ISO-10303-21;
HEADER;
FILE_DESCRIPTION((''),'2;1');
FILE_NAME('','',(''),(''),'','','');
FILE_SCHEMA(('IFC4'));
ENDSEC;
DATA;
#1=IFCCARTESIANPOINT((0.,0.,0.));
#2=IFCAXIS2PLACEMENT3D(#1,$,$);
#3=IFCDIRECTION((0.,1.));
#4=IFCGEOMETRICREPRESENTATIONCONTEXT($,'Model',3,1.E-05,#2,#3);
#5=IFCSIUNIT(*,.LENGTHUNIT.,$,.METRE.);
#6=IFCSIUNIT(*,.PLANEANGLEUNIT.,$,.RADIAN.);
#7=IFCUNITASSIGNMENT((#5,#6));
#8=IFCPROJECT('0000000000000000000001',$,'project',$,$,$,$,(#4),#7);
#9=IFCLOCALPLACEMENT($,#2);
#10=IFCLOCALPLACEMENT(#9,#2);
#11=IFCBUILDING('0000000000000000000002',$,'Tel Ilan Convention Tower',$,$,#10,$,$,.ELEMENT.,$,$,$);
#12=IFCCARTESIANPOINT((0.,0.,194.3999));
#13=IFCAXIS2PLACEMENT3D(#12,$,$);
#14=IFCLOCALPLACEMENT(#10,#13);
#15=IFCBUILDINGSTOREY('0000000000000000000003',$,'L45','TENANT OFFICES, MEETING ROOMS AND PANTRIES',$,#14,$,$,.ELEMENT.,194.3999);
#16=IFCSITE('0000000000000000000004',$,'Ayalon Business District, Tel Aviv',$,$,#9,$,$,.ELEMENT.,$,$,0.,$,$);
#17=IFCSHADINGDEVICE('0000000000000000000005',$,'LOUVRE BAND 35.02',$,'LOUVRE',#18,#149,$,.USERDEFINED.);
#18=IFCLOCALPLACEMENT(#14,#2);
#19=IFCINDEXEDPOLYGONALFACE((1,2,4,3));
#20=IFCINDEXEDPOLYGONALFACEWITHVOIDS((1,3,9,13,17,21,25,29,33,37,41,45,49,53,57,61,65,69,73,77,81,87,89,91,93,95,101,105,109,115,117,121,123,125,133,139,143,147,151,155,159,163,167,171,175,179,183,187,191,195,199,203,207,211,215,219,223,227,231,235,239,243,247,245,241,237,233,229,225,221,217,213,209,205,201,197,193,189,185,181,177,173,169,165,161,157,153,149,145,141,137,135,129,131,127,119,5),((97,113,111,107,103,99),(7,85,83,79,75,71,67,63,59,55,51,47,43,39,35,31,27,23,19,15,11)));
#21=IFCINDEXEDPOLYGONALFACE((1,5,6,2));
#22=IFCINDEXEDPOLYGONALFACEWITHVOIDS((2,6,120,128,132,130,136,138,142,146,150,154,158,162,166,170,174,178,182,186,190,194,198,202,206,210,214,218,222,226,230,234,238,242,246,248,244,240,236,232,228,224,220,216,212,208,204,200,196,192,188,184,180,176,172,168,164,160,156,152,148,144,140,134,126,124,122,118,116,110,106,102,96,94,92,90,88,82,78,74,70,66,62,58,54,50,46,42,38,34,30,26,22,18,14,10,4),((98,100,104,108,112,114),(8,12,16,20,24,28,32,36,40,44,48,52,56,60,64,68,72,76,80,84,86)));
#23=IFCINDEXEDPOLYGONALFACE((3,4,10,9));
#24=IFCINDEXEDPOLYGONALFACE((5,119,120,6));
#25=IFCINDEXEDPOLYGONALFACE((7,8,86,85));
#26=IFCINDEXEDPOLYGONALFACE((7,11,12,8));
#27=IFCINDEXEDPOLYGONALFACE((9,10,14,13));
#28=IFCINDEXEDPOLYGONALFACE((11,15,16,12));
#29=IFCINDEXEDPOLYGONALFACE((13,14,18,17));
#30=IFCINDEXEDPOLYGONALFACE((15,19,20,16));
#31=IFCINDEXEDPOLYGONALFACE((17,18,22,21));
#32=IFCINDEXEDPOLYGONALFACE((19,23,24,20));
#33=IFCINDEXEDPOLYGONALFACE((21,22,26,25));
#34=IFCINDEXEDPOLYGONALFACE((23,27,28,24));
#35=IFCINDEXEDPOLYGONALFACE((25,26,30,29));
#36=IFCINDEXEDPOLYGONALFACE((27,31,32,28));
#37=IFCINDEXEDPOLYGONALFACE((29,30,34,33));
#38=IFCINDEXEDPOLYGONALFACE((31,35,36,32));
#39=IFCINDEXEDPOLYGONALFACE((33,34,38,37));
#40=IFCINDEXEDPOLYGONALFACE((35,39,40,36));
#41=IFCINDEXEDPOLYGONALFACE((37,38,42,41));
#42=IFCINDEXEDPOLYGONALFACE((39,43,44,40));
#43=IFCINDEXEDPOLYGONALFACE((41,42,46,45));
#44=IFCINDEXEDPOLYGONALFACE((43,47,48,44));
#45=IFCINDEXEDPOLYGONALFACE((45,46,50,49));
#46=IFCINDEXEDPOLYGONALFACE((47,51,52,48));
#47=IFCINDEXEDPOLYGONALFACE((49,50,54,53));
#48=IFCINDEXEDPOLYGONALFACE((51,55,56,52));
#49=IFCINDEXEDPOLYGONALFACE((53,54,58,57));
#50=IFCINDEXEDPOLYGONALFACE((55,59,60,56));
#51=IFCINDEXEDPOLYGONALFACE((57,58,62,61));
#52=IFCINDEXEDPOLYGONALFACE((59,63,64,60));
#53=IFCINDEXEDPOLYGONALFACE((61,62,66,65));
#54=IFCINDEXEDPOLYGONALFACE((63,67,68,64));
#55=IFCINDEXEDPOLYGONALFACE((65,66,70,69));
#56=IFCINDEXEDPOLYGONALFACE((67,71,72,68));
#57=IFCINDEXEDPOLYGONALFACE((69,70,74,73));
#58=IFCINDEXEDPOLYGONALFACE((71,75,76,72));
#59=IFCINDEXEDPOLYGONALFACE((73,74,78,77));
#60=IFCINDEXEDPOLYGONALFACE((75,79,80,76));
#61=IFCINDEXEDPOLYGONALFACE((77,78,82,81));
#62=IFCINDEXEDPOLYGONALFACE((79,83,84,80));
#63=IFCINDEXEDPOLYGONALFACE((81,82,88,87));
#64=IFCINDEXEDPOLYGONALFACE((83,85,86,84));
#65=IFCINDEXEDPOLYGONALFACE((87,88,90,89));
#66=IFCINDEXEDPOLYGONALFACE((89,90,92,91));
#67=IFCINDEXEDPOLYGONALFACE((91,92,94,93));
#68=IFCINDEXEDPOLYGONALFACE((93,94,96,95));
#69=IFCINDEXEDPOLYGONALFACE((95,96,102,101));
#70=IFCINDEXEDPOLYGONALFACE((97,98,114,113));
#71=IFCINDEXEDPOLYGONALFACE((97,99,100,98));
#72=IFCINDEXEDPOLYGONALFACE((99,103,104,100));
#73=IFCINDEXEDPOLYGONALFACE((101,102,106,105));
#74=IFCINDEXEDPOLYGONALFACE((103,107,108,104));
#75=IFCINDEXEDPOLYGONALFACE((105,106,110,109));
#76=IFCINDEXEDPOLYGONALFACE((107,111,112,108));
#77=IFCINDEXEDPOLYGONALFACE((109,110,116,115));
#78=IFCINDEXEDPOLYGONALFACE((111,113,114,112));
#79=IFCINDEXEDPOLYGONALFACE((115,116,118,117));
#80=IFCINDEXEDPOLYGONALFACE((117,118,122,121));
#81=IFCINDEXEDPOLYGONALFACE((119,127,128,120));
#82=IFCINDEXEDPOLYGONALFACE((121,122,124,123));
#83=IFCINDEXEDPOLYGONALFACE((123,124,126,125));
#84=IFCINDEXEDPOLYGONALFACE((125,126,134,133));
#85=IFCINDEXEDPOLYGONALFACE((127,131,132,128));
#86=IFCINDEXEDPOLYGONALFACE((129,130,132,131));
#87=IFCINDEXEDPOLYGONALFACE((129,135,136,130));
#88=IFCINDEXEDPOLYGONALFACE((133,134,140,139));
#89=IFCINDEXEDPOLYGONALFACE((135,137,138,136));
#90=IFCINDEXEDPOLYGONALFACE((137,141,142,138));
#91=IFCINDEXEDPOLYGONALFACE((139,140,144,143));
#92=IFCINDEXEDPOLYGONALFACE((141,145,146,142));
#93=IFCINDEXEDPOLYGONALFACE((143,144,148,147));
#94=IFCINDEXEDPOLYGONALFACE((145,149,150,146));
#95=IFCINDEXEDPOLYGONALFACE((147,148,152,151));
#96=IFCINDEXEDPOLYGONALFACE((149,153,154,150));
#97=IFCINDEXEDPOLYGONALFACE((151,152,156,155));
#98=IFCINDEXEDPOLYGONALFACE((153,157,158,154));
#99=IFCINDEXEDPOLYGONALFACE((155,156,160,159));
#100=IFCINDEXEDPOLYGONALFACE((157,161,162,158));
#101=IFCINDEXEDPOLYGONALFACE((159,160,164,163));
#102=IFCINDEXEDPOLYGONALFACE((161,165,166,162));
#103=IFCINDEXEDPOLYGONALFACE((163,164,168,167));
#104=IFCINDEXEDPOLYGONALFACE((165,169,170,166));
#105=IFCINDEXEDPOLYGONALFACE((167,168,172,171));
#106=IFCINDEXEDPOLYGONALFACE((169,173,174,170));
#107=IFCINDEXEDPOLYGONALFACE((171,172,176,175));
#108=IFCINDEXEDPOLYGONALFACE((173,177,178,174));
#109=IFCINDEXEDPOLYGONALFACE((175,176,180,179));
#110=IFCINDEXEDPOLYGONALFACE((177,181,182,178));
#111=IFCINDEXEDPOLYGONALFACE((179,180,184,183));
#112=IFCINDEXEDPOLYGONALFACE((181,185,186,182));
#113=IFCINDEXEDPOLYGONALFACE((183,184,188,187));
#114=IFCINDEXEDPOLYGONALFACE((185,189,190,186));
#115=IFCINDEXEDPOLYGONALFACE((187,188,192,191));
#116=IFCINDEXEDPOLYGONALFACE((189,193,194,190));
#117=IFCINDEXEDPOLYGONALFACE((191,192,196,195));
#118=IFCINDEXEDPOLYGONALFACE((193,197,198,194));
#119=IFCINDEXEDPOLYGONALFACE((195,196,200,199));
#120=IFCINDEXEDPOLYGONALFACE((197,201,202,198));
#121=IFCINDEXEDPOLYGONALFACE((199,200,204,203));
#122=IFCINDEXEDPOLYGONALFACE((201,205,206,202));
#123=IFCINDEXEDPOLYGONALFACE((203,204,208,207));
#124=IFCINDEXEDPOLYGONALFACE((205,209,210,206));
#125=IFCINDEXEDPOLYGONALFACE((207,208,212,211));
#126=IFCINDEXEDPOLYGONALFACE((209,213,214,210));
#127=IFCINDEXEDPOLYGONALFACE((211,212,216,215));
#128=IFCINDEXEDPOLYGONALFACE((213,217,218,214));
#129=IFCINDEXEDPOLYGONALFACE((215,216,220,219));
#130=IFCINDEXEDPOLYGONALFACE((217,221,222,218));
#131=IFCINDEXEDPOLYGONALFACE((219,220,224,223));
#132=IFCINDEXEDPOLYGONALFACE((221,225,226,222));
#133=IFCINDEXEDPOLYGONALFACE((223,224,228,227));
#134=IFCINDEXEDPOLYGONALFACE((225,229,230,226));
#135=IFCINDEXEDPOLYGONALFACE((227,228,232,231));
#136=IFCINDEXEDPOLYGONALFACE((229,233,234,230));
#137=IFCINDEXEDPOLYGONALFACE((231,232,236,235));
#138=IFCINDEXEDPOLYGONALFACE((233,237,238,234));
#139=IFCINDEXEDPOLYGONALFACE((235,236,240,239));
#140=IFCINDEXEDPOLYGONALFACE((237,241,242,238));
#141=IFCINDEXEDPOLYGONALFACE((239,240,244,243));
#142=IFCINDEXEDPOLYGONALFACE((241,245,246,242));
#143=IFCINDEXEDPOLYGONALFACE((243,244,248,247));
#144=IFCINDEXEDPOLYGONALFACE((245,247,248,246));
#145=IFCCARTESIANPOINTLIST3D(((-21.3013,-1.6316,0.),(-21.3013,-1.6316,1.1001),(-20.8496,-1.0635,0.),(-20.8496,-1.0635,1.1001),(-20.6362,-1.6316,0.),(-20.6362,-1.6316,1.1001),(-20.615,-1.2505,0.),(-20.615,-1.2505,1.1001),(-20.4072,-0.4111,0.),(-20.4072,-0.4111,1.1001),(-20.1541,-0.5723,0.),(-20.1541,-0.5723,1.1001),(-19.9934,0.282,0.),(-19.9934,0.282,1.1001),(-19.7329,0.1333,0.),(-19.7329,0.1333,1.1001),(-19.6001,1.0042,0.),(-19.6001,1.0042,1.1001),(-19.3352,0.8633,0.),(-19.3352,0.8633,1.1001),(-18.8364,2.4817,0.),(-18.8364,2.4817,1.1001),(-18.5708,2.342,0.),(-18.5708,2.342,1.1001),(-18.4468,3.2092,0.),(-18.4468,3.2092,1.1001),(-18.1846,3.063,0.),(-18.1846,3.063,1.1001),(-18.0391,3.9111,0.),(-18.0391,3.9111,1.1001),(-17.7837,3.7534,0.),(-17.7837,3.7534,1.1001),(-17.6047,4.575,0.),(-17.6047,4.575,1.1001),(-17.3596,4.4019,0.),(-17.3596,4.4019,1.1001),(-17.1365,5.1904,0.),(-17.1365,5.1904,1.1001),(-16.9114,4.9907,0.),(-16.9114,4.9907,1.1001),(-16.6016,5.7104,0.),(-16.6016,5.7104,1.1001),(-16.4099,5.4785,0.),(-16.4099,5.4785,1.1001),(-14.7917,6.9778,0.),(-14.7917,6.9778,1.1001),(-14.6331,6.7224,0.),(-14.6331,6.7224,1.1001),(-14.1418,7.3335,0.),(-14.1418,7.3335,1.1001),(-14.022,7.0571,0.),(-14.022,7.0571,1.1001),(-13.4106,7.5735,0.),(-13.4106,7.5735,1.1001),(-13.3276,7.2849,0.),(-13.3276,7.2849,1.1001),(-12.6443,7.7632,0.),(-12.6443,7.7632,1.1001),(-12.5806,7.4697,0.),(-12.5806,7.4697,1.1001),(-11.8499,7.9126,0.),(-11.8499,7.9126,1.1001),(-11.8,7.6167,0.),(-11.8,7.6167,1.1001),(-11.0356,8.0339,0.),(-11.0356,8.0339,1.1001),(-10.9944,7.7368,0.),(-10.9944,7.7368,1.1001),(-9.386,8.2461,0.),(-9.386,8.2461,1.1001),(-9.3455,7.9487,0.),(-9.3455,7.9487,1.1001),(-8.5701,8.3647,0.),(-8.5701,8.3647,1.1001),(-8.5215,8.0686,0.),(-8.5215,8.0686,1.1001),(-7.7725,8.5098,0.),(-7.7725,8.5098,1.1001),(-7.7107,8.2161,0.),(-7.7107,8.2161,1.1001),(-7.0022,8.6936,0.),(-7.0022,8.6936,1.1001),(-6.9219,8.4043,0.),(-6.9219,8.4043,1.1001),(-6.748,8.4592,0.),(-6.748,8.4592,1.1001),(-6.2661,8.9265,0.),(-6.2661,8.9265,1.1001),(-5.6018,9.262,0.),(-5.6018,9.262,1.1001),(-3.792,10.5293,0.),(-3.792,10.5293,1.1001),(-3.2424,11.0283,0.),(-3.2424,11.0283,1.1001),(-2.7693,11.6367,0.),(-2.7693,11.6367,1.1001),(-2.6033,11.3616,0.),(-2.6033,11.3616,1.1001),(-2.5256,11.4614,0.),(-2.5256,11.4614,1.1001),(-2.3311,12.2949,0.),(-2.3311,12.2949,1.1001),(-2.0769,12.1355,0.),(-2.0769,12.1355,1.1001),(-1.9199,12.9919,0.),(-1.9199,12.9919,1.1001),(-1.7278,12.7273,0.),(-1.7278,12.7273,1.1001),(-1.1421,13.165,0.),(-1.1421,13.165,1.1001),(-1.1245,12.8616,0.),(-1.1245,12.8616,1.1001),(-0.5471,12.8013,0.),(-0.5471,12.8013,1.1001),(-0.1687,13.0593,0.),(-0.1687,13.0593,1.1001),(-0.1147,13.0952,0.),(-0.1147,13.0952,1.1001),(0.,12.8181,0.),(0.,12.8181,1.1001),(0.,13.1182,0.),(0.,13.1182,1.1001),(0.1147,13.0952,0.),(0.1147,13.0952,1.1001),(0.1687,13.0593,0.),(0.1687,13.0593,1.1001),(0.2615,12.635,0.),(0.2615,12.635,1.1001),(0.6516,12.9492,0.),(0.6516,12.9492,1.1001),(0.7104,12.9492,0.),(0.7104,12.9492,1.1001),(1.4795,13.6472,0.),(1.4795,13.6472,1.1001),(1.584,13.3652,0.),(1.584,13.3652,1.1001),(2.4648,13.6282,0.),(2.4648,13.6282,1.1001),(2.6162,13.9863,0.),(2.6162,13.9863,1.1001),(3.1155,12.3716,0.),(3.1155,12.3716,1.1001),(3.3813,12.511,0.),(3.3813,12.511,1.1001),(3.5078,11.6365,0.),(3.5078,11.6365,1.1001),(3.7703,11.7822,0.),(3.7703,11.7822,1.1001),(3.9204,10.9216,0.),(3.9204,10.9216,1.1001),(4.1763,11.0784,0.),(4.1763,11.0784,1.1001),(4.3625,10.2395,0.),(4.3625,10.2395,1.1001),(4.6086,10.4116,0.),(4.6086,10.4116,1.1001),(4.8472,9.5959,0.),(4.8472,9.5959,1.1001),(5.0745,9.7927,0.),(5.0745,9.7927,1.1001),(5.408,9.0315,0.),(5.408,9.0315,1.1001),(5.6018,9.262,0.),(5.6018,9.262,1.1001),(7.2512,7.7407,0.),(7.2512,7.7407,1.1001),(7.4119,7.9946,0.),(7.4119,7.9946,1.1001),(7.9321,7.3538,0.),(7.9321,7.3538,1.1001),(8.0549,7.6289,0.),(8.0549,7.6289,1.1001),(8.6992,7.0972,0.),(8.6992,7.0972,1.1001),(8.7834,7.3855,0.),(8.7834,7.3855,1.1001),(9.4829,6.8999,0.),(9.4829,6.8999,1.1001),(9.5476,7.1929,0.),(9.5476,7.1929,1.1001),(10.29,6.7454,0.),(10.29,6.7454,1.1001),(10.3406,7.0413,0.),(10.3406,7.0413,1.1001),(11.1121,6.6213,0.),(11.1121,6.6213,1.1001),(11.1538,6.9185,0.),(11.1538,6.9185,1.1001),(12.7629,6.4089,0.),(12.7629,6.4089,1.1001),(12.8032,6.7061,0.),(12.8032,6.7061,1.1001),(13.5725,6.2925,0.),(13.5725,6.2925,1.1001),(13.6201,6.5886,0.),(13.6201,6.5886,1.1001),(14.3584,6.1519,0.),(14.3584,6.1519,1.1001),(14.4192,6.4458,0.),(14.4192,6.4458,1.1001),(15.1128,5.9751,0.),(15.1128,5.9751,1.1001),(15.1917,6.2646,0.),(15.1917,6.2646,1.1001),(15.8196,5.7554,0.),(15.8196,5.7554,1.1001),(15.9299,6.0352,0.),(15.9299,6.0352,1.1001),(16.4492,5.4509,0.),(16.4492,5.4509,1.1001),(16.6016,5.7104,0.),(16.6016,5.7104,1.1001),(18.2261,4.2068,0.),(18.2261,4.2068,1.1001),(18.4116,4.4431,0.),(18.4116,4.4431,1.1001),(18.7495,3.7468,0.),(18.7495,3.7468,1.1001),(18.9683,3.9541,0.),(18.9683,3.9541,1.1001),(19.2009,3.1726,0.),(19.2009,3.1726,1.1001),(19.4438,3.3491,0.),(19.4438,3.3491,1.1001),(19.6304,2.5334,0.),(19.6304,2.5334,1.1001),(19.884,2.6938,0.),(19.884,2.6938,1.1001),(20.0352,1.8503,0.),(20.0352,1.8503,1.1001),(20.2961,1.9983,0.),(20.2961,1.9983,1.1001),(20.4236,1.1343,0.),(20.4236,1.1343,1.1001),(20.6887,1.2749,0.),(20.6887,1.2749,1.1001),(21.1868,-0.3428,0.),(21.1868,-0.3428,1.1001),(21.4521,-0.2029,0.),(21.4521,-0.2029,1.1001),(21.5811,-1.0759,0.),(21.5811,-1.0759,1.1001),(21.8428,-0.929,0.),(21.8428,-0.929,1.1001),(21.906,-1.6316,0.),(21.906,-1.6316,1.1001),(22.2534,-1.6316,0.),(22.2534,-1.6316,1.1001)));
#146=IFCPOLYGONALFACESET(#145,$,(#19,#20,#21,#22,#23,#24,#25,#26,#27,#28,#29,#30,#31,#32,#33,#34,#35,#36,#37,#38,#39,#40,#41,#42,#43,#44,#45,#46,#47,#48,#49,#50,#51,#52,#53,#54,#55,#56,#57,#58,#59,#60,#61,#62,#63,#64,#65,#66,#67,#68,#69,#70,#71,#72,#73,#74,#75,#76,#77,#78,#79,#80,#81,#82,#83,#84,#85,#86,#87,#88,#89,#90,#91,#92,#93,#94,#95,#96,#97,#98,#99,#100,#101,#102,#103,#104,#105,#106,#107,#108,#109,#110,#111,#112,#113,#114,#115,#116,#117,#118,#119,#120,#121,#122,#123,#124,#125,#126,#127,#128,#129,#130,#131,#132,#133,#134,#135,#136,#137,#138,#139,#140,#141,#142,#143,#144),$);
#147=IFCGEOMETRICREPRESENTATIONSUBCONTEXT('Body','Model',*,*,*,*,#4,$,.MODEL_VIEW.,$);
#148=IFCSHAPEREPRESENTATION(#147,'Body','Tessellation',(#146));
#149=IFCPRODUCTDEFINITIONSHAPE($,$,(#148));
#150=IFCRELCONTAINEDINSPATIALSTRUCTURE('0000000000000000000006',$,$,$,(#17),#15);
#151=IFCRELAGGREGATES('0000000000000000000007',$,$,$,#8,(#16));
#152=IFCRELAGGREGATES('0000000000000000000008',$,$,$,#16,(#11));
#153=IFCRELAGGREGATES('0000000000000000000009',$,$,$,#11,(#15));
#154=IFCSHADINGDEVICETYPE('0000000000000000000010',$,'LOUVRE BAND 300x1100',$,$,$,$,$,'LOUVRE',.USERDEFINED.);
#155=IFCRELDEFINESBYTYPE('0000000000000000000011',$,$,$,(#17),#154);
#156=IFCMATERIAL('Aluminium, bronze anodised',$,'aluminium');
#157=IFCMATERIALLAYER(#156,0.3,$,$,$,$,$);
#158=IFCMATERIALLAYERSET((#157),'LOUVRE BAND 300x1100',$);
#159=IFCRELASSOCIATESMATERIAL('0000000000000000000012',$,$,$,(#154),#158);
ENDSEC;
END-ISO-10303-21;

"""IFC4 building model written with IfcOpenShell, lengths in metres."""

from ifc_helpers import new_model, si_unit, direction, frame, origin, place, context, subcontext, project, spatial, polyline, outline, extrude, material, layer, layer_set, type_object, element, save


model = new_model("IFC4")

# Units and contexts
model_context = context("Model", 3, precision=1e-05, world=origin(), true_north=direction((0.0, 1.0)))
body_context = subcontext(model_context, "Body", "Model", "MODEL_VIEW")
ifc_project = project(units=[si_unit("LENGTHUNIT", "METRE"), si_unit("PLANEANGLEUNIT", "RADIAN")], contexts=[model_context])

# Site, building, storey
site_placement = place(None, origin())
site = spatial("IfcSite", under=ifc_project, at=site_placement, Name="Ayalon Business District, Tel Aviv", CompositionType="ELEMENT", RefElevation=0.0)
building_placement = place(site_placement, origin())
building = spatial("IfcBuilding", under=site, at=building_placement, Name="Tel Ilan Convention Tower", CompositionType="ELEMENT")
storey_placement = place(building_placement, frame((0.0, 0.0, 194.3999)))
storey = spatial("IfcBuildingStorey", under=building, at=storey_placement, Name="L45", Description="TENANT OFFICES, MEETING ROOMS AND PANTRIES", CompositionType="ELEMENT", Elevation=194.3999)

# Shading device
ifc_material_1 = material(Name="Aluminium, bronze anodised", Category="aluminium")
ifc_layer_1 = layer(ifc_material_1, 0.3)
ifc_layer_set_1 = layer_set([ifc_layer_1], Name="LOUVRE BAND 300x1100")
shading_device_type_1 = type_object("IfcShadingDeviceType", Name="LOUVRE BAND 300x1100", ElementType="LOUVRE", PredefinedType="USERDEFINED", material=ifc_layer_set_1)
shading_device_1_placement = place(storey_placement, origin())
element("IfcShadingDevice", 1, at=shading_device_1_placement, inside=storey, type_object=shading_device_type_1, Name="LOUVRE BAND 35.02", ObjectType="LOUVRE", PredefinedType="USERDEFINED", context=body_context, shape_type="SweptSolid", body=[
    extrude(outline(polyline([(-20.8496, -1.0635), (-21.3013, -1.6316), (-20.6362, -1.6316), (0.0, 12.8181), (0.2615, 12.635), (0.7104, 12.9492), (0.6516, 12.9492), (1.584, 13.3652), (2.4648, 13.6282), (3.1155, 12.3716), (3.5078, 11.6365), (3.9204, 10.9216), (4.3625, 10.2395), (4.8472, 9.5959), (5.408, 9.0315), (7.2512, 7.7407), (7.9321, 7.3538), (8.6992, 7.0972), (9.4829, 6.8999), (10.29, 6.7454), (11.1121, 6.6213), (12.7629, 6.4089), (13.5725, 6.2925), (14.3584, 6.1519), (15.1128, 5.9751), (15.8196, 5.7554), (16.4492, 5.4509), (18.2261, 4.2068), (18.7495, 3.7468), (19.2009, 3.1726), (19.6304, 2.5334), (20.0352, 1.8503), (20.4236, 1.1343), (21.1868, -0.3428), (21.5811, -1.0759), (21.906, -1.6316), (22.2534, -1.6316), (21.8428, -0.929), (21.4521, -0.2029), (20.6887, 1.2749), (20.2961, 1.9983), (19.884, 2.6938), (19.4438, 3.3491), (18.9683, 3.9541), (18.4116, 4.4431), (16.6016, 5.7104), (15.9299, 6.0352), (15.1917, 6.2646), (14.4192, 6.4458), (13.6201, 6.5886), (12.8032, 6.7061), (11.1538, 6.9185), (10.3406, 7.0413), (9.5476, 7.1929), (8.7834, 7.3855), (8.0549, 7.6289), (7.4119, 7.9946), (5.6018, 9.262), (5.0745, 9.7927), (4.6086, 10.4116), (4.1763, 11.0784), (3.7703, 11.7822), (3.3813, 12.511), (2.6162, 13.9863), (1.4795, 13.6472), (0.1687, 13.0593), (0.1147, 13.0952), (0.0, 13.1182), (-0.1147, 13.0952), (-0.1687, 13.0593), (-1.1421, 13.165), (-1.9199, 12.9919), (-2.3311, 12.2949), (-2.7693, 11.6367), (-3.2424, 11.0283), (-3.792, 10.5293), (-5.6018, 9.262), (-6.2661, 8.9265), (-7.0022, 8.6936), (-7.7725, 8.5098), (-8.5701, 8.3647), (-9.386, 8.2461), (-11.0356, 8.0339), (-11.8499, 7.9126), (-12.6443, 7.7632), (-13.4106, 7.5735), (-14.1418, 7.3335), (-14.7917, 6.9778), (-16.6016, 5.7104), (-17.1365, 5.1904), (-17.6047, 4.575), (-18.0391, 3.9111), (-18.4468, 3.2092), (-18.8364, 2.4817), (-19.6001, 1.0042), (-19.9934, 0.282), (-20.4072, -0.4111), (-20.8496, -1.0635)]), holes=[polyline([(-2.6033, 11.3616), (-2.5256, 11.4614), (-2.0769, 12.1355), (-1.7278, 12.7273), (-1.1245, 12.8616), (-0.5471, 12.8013), (-2.6033, 11.3616)]), polyline([(-20.615, -1.2505), (-20.1541, -0.5723), (-19.7329, 0.1333), (-19.3352, 0.8633), (-18.5708, 2.342), (-18.1846, 3.063), (-17.7837, 3.7534), (-17.3596, 4.4019), (-16.9114, 4.9907), (-16.4099, 5.4785), (-14.6331, 6.7224), (-14.022, 7.0571), (-13.3276, 7.2849), (-12.5806, 7.4697), (-11.8, 7.6167), (-10.9944, 7.7368), (-9.3455, 7.9487), (-8.5215, 8.0686), (-7.7107, 8.2161), (-6.9219, 8.4043), (-6.748, 8.4592), (-20.615, -1.2505)])]), origin(), (0.0, 0.0, 1.0), 1.1001),
])

save(model, "model.ifc")
